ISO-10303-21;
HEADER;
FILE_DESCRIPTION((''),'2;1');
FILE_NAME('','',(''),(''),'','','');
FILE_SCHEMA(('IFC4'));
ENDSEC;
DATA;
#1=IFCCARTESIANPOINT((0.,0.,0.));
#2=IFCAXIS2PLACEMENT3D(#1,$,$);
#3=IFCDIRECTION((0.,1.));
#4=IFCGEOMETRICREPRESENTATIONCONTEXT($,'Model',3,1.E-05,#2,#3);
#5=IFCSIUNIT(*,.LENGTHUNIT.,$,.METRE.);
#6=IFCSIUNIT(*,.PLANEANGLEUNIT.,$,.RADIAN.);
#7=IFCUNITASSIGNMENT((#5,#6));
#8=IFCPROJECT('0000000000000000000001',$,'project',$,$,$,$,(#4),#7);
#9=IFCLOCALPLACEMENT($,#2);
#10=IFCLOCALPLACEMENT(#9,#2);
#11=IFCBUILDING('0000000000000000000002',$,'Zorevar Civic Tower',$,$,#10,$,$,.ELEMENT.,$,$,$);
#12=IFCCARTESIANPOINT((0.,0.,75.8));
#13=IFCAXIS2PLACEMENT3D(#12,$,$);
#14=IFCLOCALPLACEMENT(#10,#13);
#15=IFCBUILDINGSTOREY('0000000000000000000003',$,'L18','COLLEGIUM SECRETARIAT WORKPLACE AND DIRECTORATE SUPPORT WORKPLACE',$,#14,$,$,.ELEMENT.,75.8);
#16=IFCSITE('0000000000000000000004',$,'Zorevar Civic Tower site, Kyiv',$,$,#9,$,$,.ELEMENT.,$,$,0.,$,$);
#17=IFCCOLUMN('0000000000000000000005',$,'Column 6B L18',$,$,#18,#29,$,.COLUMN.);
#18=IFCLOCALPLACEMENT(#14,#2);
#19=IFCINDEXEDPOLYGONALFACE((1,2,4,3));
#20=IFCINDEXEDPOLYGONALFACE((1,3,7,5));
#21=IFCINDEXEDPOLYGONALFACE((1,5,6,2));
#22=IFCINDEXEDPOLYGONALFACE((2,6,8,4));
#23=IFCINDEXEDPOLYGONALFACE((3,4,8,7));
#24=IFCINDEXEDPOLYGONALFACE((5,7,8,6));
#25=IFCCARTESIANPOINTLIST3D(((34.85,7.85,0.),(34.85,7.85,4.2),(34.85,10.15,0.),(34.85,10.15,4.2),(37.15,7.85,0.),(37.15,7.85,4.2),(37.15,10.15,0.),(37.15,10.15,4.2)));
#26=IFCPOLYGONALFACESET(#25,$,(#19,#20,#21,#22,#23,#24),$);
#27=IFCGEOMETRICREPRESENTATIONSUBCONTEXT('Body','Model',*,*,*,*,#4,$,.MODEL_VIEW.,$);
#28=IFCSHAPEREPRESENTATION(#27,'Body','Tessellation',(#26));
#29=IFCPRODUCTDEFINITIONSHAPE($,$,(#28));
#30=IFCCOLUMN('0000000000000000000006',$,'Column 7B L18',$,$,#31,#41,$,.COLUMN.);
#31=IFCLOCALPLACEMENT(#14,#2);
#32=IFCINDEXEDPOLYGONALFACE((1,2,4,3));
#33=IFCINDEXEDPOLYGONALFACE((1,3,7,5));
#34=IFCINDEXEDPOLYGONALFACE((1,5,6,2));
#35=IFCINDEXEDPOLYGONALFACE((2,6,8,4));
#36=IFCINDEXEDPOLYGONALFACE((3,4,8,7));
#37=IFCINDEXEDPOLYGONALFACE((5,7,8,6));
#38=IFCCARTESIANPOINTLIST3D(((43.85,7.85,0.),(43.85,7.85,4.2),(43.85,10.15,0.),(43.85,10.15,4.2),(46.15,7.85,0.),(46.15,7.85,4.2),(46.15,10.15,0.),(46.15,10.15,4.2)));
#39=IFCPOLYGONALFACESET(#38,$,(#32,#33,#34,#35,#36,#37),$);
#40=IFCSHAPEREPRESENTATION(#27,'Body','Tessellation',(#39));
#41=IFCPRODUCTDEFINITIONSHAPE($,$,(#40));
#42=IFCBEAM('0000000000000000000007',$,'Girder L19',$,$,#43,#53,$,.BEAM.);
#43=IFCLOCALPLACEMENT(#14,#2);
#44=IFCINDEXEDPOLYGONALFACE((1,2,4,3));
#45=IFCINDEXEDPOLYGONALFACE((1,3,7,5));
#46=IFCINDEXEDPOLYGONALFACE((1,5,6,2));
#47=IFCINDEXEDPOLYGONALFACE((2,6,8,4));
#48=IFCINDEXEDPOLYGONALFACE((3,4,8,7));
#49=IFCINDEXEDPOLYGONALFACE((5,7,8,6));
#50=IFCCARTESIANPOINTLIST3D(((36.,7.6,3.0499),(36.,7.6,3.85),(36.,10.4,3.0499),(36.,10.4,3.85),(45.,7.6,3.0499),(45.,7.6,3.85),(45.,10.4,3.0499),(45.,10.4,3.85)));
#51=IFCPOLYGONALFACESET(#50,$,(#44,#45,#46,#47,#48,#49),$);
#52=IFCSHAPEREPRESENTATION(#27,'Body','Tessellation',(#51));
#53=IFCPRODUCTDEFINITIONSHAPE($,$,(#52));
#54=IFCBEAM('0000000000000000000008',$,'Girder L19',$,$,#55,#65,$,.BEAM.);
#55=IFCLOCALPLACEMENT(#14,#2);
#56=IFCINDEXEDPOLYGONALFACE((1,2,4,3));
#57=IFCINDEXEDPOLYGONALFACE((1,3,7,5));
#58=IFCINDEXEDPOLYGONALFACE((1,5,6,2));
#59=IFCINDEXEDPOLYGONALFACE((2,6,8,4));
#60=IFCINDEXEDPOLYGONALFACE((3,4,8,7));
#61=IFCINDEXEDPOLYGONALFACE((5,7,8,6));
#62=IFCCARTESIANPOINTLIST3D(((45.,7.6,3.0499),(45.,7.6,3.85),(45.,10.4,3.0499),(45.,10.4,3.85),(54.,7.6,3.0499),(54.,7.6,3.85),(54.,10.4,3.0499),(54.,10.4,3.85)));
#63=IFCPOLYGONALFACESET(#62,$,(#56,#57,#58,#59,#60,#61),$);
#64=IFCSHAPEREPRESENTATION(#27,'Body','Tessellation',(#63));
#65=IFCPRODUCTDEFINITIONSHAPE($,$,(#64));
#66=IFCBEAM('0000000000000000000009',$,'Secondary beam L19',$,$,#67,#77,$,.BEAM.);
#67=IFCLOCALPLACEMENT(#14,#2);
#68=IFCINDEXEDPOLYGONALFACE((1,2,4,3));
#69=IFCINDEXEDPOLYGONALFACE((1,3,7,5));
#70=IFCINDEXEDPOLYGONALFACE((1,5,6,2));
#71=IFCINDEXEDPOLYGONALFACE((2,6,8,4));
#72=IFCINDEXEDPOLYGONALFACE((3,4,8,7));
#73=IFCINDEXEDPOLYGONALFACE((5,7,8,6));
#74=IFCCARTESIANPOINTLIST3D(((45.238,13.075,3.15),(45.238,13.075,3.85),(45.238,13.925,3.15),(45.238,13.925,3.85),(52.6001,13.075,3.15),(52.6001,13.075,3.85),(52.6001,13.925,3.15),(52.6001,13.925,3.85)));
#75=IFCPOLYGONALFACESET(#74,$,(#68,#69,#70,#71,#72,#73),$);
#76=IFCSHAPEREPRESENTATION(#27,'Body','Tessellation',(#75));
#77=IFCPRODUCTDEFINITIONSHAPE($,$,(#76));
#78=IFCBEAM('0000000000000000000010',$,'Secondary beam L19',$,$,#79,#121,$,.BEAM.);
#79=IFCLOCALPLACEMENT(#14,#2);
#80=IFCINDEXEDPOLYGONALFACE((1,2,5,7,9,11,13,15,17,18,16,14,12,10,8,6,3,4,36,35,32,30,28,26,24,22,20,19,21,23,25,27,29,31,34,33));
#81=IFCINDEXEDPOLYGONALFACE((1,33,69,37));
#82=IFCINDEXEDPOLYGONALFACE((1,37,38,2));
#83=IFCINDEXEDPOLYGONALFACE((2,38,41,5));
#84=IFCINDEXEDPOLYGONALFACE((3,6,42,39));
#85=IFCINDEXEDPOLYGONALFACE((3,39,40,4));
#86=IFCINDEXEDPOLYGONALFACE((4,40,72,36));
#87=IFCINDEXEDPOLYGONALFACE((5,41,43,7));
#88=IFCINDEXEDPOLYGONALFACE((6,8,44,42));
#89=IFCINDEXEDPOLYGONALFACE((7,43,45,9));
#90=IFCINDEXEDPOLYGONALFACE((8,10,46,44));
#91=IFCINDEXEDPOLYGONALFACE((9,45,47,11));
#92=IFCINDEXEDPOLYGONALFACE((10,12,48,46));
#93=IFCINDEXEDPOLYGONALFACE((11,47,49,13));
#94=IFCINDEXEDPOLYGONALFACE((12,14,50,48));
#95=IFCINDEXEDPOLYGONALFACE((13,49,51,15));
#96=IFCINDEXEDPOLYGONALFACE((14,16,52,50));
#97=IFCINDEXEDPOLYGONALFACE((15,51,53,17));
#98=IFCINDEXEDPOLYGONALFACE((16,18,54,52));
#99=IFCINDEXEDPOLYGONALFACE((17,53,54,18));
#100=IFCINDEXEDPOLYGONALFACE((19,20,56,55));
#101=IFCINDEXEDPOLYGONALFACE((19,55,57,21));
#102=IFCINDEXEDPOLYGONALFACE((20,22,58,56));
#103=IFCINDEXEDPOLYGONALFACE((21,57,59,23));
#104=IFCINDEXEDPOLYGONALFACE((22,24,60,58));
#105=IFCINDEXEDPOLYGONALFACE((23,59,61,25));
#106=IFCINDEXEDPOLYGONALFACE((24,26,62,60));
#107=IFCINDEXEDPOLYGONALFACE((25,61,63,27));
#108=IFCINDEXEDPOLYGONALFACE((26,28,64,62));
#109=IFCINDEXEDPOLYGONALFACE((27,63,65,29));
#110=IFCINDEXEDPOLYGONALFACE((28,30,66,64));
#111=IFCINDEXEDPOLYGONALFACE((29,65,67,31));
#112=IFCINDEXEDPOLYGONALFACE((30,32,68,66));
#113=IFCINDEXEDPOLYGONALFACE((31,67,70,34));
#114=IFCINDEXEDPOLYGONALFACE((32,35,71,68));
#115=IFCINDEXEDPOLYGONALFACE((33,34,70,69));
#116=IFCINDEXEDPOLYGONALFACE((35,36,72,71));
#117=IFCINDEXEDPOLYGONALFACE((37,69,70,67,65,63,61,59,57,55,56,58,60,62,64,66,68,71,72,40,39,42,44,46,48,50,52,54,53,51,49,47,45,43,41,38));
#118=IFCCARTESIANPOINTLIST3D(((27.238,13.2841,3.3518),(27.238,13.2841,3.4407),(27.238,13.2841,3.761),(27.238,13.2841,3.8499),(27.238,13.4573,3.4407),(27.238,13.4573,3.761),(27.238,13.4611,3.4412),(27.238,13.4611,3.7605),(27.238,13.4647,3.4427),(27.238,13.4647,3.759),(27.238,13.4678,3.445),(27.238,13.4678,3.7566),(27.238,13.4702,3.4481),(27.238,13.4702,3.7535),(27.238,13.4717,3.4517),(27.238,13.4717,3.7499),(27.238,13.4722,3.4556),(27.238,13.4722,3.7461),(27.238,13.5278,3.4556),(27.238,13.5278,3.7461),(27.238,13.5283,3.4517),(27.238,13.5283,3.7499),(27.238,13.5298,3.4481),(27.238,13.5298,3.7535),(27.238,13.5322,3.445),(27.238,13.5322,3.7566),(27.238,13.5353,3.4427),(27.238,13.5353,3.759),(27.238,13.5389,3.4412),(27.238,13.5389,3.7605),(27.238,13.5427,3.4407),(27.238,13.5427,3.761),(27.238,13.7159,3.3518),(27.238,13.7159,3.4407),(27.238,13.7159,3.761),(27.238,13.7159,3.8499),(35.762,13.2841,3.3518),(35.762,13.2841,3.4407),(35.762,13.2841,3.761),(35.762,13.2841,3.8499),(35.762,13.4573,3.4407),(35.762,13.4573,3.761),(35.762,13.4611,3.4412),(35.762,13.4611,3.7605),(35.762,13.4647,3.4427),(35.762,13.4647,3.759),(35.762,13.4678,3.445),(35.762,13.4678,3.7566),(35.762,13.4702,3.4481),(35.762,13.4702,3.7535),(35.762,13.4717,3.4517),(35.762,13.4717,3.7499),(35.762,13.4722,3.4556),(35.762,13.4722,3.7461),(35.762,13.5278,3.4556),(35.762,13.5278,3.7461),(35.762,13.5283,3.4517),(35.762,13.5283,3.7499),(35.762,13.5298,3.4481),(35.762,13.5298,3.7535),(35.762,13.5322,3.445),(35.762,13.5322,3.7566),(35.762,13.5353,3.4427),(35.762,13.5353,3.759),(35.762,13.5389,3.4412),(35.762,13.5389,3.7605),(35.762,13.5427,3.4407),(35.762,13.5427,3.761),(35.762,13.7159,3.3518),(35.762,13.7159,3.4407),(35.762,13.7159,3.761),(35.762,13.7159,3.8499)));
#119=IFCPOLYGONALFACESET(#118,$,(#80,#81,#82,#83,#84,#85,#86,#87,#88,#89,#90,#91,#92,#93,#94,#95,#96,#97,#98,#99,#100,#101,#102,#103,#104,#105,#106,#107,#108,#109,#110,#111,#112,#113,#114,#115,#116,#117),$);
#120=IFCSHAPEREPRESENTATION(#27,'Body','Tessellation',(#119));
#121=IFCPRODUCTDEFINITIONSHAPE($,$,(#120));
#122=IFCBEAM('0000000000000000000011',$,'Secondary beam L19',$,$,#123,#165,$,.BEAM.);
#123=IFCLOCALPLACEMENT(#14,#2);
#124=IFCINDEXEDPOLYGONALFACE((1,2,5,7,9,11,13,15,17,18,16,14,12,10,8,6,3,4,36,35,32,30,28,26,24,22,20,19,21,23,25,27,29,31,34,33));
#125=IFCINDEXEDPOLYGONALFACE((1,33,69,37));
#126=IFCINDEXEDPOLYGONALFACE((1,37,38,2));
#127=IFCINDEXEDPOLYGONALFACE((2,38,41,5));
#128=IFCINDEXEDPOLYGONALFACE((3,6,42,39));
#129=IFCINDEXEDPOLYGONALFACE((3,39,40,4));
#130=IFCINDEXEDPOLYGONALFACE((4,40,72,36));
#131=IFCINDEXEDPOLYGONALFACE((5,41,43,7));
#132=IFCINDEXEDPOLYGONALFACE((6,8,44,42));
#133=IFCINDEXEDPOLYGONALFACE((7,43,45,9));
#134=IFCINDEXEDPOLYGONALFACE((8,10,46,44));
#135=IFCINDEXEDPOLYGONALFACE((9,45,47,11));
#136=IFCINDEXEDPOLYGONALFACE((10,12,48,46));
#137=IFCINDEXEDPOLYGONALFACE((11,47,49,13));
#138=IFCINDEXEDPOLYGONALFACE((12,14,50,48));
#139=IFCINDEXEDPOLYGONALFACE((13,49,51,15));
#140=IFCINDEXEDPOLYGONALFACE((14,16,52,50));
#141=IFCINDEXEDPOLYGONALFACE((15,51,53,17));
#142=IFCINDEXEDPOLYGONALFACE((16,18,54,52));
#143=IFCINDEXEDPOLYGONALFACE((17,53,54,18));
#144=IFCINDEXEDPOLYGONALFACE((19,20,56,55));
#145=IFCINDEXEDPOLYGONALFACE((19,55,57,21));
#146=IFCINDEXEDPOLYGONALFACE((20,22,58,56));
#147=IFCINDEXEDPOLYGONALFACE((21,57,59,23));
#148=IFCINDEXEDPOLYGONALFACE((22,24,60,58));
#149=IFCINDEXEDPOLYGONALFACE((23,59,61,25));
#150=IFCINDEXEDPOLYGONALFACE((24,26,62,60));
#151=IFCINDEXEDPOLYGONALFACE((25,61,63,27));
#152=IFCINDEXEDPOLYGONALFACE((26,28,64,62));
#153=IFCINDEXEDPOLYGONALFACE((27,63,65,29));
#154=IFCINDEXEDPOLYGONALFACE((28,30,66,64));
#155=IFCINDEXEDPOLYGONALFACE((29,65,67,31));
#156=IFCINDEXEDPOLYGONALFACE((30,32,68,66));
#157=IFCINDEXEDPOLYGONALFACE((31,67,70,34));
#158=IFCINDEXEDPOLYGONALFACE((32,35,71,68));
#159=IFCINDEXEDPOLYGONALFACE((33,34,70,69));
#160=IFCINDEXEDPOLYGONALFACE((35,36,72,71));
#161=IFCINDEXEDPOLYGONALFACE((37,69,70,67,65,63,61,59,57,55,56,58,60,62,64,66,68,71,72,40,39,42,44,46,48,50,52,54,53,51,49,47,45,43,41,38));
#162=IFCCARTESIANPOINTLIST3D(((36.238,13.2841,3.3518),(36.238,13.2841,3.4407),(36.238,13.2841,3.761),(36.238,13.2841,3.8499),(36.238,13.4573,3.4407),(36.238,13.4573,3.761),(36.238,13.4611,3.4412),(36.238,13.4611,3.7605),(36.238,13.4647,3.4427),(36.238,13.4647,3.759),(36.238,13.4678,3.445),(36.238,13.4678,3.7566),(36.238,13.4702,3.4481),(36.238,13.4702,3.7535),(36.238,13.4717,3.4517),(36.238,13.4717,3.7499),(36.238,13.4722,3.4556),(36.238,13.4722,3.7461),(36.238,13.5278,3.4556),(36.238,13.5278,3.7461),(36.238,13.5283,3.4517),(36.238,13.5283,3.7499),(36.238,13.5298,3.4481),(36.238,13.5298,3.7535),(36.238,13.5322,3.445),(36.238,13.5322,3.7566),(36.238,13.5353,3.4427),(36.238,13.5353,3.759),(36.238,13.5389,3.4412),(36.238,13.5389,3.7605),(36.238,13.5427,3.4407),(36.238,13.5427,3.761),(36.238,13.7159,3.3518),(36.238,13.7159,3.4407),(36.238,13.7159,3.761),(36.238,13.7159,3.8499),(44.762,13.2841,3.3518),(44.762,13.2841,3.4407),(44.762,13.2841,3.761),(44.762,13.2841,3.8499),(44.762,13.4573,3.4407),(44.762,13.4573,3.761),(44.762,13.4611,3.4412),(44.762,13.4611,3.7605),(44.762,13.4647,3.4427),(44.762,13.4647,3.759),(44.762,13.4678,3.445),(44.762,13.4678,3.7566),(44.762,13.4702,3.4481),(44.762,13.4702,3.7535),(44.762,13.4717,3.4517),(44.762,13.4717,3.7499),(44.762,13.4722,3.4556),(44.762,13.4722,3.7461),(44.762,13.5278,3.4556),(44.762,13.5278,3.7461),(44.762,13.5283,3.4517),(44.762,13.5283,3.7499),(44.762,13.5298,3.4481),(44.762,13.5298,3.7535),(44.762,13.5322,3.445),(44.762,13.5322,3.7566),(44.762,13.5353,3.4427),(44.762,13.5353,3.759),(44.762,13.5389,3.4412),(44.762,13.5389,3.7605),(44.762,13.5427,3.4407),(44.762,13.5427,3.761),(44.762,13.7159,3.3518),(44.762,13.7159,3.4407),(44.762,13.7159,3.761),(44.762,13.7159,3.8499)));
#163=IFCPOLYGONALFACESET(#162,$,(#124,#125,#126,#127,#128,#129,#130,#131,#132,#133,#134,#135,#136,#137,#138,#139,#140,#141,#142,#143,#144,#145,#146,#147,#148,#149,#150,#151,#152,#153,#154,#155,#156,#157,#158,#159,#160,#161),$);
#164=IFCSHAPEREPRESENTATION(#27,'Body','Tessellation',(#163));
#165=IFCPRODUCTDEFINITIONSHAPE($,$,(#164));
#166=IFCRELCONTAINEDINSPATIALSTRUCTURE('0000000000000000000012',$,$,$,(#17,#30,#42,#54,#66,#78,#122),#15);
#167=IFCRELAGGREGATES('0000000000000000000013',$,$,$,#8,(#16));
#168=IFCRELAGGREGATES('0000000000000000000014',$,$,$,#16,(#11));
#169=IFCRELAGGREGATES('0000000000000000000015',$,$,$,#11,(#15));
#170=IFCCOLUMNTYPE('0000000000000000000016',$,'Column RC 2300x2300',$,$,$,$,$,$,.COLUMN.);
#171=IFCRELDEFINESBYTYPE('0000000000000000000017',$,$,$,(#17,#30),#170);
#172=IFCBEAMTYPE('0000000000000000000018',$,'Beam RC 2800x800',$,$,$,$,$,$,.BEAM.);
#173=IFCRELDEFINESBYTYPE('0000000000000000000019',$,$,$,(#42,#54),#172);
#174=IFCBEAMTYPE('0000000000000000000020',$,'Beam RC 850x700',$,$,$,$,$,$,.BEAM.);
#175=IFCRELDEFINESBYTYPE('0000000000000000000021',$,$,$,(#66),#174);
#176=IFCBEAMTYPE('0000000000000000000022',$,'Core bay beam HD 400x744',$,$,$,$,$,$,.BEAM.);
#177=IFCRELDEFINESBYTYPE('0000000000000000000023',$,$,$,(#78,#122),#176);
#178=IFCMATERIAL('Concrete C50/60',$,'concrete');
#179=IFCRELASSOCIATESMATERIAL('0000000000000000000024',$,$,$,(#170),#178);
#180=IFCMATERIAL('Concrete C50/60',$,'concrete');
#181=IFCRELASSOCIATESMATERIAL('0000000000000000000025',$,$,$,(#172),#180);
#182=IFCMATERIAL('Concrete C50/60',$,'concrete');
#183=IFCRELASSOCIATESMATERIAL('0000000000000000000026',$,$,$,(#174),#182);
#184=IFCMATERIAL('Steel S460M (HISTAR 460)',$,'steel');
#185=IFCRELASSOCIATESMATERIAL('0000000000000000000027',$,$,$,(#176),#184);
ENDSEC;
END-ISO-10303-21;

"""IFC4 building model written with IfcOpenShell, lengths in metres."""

from ifc_helpers import new_model, si_unit, direction, frame, origin, origin_2d, place, context, subcontext, project, spatial, rectangle, i_section, extrude, material, material_profile, profile_set, type_object, element, save


model = new_model("IFC4")

# Units and contexts
model_context = context("Model", 3, precision=1e-05, world=origin(), true_north=direction((0.0, 1.0)))
body_context = subcontext(model_context, "Body", "Model", "MODEL_VIEW")
ifc_project = project(units=[si_unit("LENGTHUNIT", "METRE"), si_unit("PLANEANGLEUNIT", "RADIAN")], contexts=[model_context])

# Site, building, storey
site_placement = place(None, origin())
site = spatial("IfcSite", under=ifc_project, at=site_placement, Name="Zorevar Civic Tower site, Kyiv", CompositionType="ELEMENT", RefElevation=0.0)
building_placement = place(site_placement, origin())
building = spatial("IfcBuilding", under=site, at=building_placement, Name="Zorevar Civic Tower", CompositionType="ELEMENT")
storey_placement = place(building_placement, frame((0.0, 0.0, 75.8)))
storey = spatial("IfcBuildingStorey", under=building, at=storey_placement, Name="L18", Description="COLLEGIUM SECRETARIAT WORKPLACE AND DIRECTORATE SUPPORT WORKPLACE", CompositionType="ELEMENT", Elevation=75.8)

# Columns
ifc_material_1 = material(Name="Concrete C50/60", Category="concrete")
ifc_material_profile_1 = material_profile(ifc_material_1, rectangle(XDim=2.3, YDim=2.3, at=origin_2d()), Name="RC 2300x2300")
ifc_profile_set_1 = profile_set([ifc_material_profile_1], Name="Concrete C50/60")
column_type = type_object("IfcColumnType", Name="Column RC 2300x2300", PredefinedType="COLUMN", material=ifc_profile_set_1)
for number, where, z_axis, x_axis, name in (
    (1, (36.0, 9.0, 0.0), (0.0, 0.0, 1.0), (1.0, 0.0, 0.0), "Column 6B L18"),
    (2, (45.0, 9.0, 0.0), (0.0, 0.0, 1.0), (1.0, 0.0, 0.0), "Column 7B L18"),
):
    element("IfcColumn", number, at=place(storey_placement, frame(where, z_axis=z_axis, x_axis=x_axis)), inside=storey, type_object=column_type, Name=name, PredefinedType="COLUMN", context=body_context, shape_type="SweptSolid", body=[
        extrude(rectangle(XDim=2.3, YDim=2.3, at=origin_2d()), origin(), (0.0, 0.0, 1.0), 4.2),
    ])

# Beams
ifc_material_2 = material(Name="Concrete C50/60", Category="concrete")
ifc_material_profile_2 = material_profile(ifc_material_2, rectangle(XDim=2.8, YDim=0.8, at=origin_2d()), Name="RC 2800x800")
ifc_profile_set_2 = profile_set([ifc_material_profile_2], Name="Concrete C50/60")
beam_type_1 = type_object("IfcBeamType", Name="Beam RC 2800x800", PredefinedType="BEAM", material=ifc_profile_set_2)
for number, where, z_axis, x_axis, name in (
    (3, (36.0, 9.0, 3.45), (1.0, 0.0, 0.0), (0.0, 1.0, 0.0), "Girder L19"),
    (4, (45.0, 9.0, 3.45), (1.0, 0.0, 0.0), (0.0, 1.0, 0.0), "Girder L19"),
):
    element("IfcBeam", number, at=place(storey_placement, frame(where, z_axis=z_axis, x_axis=x_axis)), inside=storey, type_object=beam_type_1, Name=name, PredefinedType="BEAM", context=body_context, shape_type="SweptSolid", body=[
        extrude(rectangle(XDim=2.8, YDim=0.8, at=origin_2d()), origin(), (0.0, 0.0, 1.0), 9.0),
    ])
ifc_material_3 = material(Name="Concrete C50/60", Category="concrete")
ifc_material_profile_3 = material_profile(ifc_material_3, rectangle(XDim=0.8501, YDim=0.7, at=origin_2d()), Name="RC 850x700")
ifc_profile_set_3 = profile_set([ifc_material_profile_3], Name="Concrete C50/60")
beam_type_2 = type_object("IfcBeamType", Name="Beam RC 850x700", PredefinedType="BEAM", material=ifc_profile_set_3)
beam_placement = place(storey_placement, frame((45.238, 13.5, 3.5), z_axis=(1.0, 0.0, 0.0), x_axis=(0.0, 1.0, 0.0)))
element("IfcBeam", 5, at=beam_placement, inside=storey, type_object=beam_type_2, Name="Secondary beam L19", PredefinedType="BEAM", context=body_context, shape_type="SweptSolid", body=[
    extrude(rectangle(XDim=0.8501, YDim=0.7, at=origin_2d()), origin(), (0.0, 0.0, 1.0), 7.3621),
])
ifc_material_4 = material(Name="Steel S460M (HISTAR 460)", Category="steel")
ifc_material_profile_4 = material_profile(ifc_material_4, i_section(OverallWidth=0.4319, OverallDepth=0.498, WebThickness=0.0557, FlangeThickness=0.0889, FilletRadius=0.0149, at=origin_2d()), Name="HD 400x744")
ifc_profile_set_4 = profile_set([ifc_material_profile_4], Name="Steel S460M (HISTAR 460)")
beam_type_3 = type_object("IfcBeamType", Name="Core bay beam HD 400x744", PredefinedType="BEAM", material=ifc_profile_set_4)
for number, where, z_axis, x_axis, name in (
    (6, (27.238, 13.5, 3.6008), (1.0, 0.0, 0.0), (0.0, 1.0, 0.0), "Secondary beam L19"),
    (7, (36.238, 13.5, 3.6008), (1.0, 0.0, 0.0), (0.0, 1.0, 0.0), "Secondary beam L19"),
):
    element("IfcBeam", number, at=place(storey_placement, frame(where, z_axis=z_axis, x_axis=x_axis)), inside=storey, type_object=beam_type_3, Name=name, PredefinedType="BEAM", context=body_context, shape_type="SweptSolid", body=[
        extrude(i_section(OverallWidth=0.4319, OverallDepth=0.498, WebThickness=0.0557, FlangeThickness=0.0889, FilletRadius=0.0149, at=origin_2d()), origin(), (0.0, 0.0, 1.0), 8.5239),
    ])

save(model, "model.ifc")
